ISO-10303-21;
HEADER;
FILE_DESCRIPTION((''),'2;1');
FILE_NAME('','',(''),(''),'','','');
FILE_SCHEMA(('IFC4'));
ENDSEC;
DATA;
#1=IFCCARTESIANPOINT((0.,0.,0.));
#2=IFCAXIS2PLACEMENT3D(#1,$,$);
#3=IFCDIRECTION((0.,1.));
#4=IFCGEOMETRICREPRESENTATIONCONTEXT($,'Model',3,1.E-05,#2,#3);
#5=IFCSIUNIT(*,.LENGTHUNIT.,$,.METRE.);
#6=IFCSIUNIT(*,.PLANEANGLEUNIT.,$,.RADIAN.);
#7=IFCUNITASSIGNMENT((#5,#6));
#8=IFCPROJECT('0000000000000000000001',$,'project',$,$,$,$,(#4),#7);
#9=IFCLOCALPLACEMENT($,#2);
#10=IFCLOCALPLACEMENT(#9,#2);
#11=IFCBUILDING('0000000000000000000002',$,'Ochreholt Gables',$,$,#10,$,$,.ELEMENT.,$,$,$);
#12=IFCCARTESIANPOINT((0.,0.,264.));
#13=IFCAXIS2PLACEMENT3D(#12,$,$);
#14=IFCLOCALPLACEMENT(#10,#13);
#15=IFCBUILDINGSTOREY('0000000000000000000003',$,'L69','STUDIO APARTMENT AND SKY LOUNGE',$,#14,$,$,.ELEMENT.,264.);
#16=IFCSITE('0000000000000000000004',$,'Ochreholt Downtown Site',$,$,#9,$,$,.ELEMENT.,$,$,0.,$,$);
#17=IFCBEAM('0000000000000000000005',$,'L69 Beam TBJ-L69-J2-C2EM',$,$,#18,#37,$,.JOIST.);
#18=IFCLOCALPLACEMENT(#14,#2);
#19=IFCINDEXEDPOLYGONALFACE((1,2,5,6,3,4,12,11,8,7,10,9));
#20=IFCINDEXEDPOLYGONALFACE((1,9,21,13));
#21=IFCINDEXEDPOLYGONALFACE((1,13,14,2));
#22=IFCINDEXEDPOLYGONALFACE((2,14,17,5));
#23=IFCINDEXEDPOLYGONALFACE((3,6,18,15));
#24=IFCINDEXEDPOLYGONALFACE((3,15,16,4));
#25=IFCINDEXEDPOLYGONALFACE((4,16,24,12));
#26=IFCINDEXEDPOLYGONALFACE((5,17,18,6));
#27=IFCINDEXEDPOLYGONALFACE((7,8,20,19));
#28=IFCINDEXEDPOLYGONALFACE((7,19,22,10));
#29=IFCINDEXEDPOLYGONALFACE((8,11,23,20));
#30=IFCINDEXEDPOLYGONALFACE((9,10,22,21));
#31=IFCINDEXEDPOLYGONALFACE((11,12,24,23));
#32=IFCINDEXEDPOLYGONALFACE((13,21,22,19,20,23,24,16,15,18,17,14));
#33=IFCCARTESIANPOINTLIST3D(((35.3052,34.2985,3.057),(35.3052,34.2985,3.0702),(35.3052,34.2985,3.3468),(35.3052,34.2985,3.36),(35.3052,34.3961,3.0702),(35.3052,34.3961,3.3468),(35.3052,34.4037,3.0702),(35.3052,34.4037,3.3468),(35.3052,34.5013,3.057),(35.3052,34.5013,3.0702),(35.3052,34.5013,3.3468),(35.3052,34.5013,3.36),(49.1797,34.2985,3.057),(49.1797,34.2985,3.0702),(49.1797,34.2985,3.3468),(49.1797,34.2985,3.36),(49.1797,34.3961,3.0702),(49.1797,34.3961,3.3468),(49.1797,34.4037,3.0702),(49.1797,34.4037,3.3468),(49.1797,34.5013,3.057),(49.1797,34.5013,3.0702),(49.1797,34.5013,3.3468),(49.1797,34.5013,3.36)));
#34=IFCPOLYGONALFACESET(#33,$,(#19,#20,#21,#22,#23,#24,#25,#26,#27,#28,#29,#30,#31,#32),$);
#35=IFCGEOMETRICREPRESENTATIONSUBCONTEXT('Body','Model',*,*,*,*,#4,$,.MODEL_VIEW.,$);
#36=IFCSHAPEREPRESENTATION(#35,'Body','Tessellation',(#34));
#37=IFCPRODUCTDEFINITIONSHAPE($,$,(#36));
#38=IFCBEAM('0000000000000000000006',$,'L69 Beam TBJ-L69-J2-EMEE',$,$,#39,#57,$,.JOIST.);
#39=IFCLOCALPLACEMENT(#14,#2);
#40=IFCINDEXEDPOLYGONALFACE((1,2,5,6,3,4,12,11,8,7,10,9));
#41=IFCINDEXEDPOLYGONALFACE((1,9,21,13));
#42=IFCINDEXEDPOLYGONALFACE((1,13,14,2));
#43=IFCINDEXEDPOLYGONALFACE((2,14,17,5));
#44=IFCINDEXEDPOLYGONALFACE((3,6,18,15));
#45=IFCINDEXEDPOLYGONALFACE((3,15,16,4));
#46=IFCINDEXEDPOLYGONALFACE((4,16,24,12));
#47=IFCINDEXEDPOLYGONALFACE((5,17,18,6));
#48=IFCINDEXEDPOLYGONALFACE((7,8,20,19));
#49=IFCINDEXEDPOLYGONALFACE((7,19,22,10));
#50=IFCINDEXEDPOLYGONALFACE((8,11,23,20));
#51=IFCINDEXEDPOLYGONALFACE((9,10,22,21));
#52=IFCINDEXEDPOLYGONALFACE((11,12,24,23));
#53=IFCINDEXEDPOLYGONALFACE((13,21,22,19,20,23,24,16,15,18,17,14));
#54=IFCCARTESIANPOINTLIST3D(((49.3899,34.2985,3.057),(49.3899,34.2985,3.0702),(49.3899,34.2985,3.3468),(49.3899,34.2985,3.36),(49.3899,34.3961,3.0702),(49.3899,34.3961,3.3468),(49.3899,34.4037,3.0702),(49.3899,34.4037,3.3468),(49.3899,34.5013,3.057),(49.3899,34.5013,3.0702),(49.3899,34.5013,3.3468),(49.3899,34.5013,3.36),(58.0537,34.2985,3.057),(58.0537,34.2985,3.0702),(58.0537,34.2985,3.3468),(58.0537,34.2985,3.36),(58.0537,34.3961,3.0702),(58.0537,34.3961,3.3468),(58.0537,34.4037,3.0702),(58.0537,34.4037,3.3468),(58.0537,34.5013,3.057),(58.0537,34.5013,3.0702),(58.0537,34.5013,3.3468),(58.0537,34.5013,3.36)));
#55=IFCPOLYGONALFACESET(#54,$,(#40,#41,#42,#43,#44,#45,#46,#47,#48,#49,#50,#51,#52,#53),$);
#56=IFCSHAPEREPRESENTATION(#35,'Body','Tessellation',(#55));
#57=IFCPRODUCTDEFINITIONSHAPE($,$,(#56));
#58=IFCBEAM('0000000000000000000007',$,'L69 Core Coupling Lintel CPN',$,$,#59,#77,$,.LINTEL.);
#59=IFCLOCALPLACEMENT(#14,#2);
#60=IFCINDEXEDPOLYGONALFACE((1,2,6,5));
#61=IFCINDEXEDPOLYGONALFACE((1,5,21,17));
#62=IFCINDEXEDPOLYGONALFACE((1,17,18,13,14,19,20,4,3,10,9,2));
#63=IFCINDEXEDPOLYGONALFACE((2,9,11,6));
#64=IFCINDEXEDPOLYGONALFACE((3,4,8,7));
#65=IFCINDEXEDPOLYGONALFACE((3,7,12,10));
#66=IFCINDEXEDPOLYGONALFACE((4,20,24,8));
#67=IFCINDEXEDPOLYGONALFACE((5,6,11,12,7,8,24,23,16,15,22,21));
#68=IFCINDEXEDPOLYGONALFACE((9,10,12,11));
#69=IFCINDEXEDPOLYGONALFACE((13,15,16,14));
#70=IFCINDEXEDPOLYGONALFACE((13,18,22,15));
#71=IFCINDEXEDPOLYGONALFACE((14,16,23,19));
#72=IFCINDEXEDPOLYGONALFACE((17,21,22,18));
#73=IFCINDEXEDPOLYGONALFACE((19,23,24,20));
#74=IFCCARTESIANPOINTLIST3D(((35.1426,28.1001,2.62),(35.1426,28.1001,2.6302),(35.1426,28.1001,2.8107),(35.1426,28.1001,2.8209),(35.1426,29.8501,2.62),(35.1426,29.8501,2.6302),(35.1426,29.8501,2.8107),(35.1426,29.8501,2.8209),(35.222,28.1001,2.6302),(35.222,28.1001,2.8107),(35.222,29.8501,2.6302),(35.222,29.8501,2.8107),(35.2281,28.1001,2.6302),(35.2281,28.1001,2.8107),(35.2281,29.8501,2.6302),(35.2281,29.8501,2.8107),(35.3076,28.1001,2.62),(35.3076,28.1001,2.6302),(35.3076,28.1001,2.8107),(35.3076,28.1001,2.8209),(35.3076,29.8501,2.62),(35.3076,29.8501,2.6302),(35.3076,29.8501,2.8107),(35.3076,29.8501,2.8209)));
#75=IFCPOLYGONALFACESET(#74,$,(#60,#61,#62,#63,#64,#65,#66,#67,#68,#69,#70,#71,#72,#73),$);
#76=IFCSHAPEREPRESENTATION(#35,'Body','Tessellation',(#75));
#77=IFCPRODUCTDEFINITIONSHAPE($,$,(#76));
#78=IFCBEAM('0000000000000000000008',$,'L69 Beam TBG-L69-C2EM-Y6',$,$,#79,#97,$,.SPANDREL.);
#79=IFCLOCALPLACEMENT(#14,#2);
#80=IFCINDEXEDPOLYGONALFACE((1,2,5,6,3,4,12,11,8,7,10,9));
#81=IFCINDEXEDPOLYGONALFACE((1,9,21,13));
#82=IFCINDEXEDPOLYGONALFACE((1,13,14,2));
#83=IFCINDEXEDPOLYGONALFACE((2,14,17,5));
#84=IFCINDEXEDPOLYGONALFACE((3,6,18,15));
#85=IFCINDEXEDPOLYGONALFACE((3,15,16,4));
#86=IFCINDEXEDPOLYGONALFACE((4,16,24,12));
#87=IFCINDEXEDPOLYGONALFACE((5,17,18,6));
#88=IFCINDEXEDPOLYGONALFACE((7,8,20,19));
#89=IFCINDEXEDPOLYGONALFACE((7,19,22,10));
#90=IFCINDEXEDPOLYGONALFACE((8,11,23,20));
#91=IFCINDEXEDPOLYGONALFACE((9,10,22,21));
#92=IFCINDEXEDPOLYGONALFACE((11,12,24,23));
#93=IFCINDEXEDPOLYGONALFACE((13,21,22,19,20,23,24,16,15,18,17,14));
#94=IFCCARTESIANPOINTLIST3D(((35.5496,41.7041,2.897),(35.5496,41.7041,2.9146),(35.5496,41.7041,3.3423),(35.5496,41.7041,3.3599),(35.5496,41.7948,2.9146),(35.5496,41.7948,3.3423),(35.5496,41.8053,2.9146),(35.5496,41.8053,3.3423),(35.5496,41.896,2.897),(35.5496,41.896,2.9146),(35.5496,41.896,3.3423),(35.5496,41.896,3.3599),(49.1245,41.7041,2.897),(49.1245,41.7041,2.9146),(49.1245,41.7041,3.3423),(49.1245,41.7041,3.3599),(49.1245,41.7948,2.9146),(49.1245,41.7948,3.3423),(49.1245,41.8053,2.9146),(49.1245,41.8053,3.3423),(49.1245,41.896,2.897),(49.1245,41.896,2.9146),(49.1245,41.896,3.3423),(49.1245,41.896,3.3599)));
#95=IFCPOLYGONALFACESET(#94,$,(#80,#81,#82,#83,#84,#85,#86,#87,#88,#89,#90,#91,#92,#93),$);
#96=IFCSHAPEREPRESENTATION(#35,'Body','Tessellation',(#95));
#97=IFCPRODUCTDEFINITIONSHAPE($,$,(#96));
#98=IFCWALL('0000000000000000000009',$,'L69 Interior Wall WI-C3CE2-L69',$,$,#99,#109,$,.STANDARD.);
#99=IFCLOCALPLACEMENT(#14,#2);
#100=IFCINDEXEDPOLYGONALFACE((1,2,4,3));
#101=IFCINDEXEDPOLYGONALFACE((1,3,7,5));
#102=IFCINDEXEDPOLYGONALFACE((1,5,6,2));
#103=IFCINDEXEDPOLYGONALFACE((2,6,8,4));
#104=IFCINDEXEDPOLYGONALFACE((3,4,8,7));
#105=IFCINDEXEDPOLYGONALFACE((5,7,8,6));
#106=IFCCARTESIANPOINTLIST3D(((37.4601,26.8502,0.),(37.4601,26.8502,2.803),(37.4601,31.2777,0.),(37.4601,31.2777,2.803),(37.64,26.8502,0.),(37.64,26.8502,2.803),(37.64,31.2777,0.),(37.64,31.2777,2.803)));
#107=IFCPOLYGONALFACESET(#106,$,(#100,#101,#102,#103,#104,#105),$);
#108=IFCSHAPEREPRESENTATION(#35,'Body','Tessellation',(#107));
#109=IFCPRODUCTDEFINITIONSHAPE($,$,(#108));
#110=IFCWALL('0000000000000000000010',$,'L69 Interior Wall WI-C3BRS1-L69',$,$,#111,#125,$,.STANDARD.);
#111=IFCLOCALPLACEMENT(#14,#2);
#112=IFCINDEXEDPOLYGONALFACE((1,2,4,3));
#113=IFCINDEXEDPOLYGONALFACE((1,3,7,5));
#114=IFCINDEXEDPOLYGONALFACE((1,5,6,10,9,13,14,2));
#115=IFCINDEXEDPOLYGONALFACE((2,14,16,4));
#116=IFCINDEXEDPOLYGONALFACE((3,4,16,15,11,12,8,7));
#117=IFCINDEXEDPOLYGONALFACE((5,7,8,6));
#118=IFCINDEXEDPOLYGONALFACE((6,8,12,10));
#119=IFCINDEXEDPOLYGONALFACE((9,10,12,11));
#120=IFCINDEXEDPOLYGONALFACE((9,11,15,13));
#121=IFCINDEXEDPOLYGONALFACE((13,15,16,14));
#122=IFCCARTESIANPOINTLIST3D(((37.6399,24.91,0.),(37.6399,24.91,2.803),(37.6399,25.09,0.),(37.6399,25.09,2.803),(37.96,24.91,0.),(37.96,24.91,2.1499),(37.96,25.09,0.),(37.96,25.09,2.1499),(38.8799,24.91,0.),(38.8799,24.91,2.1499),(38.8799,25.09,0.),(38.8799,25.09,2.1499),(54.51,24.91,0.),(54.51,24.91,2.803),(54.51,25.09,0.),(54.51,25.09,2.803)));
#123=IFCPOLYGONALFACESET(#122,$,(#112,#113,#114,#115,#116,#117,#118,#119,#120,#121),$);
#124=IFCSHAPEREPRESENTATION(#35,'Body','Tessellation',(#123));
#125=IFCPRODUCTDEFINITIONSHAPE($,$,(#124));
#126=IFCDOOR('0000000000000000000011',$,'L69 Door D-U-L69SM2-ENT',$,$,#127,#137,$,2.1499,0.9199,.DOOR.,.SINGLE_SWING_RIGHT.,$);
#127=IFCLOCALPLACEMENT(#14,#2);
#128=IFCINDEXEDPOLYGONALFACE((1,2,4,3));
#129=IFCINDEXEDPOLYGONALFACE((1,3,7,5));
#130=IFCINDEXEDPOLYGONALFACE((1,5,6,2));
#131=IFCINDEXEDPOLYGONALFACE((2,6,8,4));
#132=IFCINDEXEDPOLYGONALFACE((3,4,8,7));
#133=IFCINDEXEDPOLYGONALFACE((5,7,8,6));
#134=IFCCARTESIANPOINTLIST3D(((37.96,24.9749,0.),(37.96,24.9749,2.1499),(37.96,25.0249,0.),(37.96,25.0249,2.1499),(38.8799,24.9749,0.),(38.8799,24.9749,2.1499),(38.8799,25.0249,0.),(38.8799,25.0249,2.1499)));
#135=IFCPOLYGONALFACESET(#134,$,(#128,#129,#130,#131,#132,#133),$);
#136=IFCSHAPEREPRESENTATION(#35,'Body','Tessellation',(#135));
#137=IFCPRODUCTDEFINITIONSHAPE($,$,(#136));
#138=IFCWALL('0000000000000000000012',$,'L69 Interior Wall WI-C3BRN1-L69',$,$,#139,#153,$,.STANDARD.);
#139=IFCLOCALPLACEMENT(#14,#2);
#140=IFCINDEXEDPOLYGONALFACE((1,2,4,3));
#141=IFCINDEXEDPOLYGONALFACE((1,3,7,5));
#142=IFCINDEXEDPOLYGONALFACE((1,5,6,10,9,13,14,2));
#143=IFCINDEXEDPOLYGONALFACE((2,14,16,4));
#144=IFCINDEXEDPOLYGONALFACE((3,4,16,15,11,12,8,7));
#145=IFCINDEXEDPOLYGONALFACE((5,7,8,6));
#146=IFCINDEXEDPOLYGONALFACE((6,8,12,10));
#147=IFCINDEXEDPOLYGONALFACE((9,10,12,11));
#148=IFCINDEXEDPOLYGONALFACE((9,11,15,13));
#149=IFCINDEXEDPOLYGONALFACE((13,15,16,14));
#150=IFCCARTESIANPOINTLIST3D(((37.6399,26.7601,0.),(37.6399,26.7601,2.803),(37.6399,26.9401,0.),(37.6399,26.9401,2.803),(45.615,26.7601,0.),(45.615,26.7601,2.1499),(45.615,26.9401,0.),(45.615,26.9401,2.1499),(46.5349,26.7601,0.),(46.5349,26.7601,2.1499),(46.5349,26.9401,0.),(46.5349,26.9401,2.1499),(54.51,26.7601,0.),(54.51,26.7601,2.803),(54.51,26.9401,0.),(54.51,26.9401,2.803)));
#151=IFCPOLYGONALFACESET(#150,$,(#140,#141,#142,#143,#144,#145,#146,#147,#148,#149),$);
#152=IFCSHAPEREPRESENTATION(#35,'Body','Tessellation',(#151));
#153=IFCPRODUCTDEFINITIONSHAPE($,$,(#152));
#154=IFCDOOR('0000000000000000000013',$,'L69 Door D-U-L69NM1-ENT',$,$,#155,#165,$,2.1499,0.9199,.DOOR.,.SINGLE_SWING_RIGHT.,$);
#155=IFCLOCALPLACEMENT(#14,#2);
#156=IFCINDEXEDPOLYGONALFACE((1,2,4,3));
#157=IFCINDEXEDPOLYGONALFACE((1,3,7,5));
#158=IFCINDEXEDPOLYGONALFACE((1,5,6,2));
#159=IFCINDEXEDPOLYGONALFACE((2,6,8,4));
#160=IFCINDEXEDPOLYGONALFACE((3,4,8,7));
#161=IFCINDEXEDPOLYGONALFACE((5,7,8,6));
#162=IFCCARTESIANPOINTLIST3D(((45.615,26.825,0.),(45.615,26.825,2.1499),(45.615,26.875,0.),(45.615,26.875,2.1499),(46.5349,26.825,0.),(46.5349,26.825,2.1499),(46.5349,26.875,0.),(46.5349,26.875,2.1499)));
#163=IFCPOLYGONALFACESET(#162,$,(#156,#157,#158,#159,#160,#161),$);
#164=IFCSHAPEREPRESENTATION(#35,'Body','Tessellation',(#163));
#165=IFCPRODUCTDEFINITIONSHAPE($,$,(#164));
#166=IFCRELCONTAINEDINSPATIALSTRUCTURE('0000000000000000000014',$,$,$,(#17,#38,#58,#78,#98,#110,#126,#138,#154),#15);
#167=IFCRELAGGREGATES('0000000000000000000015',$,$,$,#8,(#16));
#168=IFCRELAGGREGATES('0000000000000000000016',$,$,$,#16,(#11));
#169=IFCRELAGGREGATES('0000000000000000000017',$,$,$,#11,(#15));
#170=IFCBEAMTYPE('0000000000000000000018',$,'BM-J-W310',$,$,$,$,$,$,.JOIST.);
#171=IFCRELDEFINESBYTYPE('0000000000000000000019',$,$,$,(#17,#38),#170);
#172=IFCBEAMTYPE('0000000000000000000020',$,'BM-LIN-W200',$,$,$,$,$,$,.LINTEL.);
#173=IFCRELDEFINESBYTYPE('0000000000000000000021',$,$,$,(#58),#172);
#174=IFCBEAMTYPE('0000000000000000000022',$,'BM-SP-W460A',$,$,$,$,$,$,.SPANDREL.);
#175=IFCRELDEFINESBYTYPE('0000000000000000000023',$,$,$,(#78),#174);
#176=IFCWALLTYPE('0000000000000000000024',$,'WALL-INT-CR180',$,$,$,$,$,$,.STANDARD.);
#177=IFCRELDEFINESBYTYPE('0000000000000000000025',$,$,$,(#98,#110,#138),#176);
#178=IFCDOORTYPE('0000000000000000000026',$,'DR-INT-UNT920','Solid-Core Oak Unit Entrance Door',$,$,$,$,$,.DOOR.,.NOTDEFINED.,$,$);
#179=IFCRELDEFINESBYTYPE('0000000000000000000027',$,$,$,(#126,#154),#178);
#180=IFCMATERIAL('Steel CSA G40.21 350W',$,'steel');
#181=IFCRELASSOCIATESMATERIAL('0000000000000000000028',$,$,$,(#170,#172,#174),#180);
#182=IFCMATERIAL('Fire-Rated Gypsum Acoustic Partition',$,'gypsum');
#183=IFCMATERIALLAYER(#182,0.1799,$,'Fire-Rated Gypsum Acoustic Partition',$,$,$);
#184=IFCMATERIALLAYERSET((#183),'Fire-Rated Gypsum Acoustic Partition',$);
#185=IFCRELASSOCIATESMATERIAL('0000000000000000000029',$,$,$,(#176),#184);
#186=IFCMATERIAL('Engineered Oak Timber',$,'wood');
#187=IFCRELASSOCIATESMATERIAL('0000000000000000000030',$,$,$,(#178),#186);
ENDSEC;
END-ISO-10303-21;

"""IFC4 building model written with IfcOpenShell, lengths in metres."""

from ifc_helpers import new_model, si_unit, direction, frame, frame_2d, origin, origin_2d, place, context, subcontext, project, spatial, rectangle, i_section, extrude, material, layer, layer_set, material_profile, profile_set, type_object, element, fill, save


model = new_model("IFC4")

# Units and contexts
model_context = context("Model", 3, precision=1e-05, world=origin(), true_north=direction((0.0, 1.0)))
body_context = subcontext(model_context, "Body", "Model", "MODEL_VIEW")
ifc_project = project(units=[si_unit("LENGTHUNIT", "METRE"), si_unit("PLANEANGLEUNIT", "RADIAN")], contexts=[model_context])

# Site, building, storey
site_placement = place(None, origin())
site = spatial("IfcSite", under=ifc_project, at=site_placement, Name="Ochreholt Downtown Site", CompositionType="ELEMENT", RefElevation=0.0)
building_placement = place(site_placement, origin())
building = spatial("IfcBuilding", under=site, at=building_placement, Name="Ochreholt Gables", CompositionType="ELEMENT")
storey_placement = place(building_placement, frame((0.0, 0.0, 264.0)))
storey = spatial("IfcBuildingStorey", under=building, at=storey_placement, Name="L69", Description="STUDIO APARTMENT AND SKY LOUNGE", CompositionType="ELEMENT", Elevation=264.0)

# Shared definitions
ifc_material_1 = material(Name="Steel CSA G40.21 350W", Category="steel")

# Beams
ifc_material_profile_1 = material_profile(ifc_material_1, i_section(OverallWidth=0.2029, OverallDepth=0.303, WebThickness=0.0076, FlangeThickness=0.0132, at=origin_2d()), Name="W310X60")
ifc_profile_set_1 = profile_set([ifc_material_profile_1], Name="Steel CSA G40.21 350W")
beam_type_1 = type_object("IfcBeamType", Name="BM-J-W310", PredefinedType="JOIST", material=ifc_profile_set_1)
beam_1_placement = place(storey_placement, frame((35.3052, 34.3999, 3.2085), z_axis=(1.0, 0.0, 0.0), x_axis=(0.0, 1.0, 0.0)))
element("IfcBeam", 1, at=beam_1_placement, inside=storey, type_object=beam_type_1, Name="L69 Beam TBJ-L69-J2-C2EM", PredefinedType="JOIST", context=body_context, shape_type="SweptSolid", body=[
    extrude(i_section(OverallWidth=0.2029, OverallDepth=0.303, WebThickness=0.0076, FlangeThickness=0.0132, at=origin_2d()), origin(), (0.0, 0.0, 1.0), 13.8745),
])
beam_2_placement = place(storey_placement, frame((49.3899, 34.3999, 3.2085), z_axis=(1.0, 0.0, 0.0), x_axis=(0.0, 1.0, 0.0)))
element("IfcBeam", 2, at=beam_2_placement, inside=storey, type_object=beam_type_1, Name="L69 Beam TBJ-L69-J2-EMEE", PredefinedType="JOIST", context=body_context, shape_type="SweptSolid", body=[
    extrude(i_section(OverallWidth=0.2029, OverallDepth=0.303, WebThickness=0.0076, FlangeThickness=0.0132, at=origin_2d()), origin(), (0.0, 0.0, 1.0), 8.6638),
])
ifc_material_profile_2 = material_profile(ifc_material_1, i_section(OverallWidth=0.165, OverallDepth=0.2009, WebThickness=0.0061, FlangeThickness=0.0103, at=origin_2d()), Name="W200X36")
ifc_profile_set_2 = profile_set([ifc_material_profile_2], Name="Steel CSA G40.21 350W")
beam_type_2 = type_object("IfcBeamType", Name="BM-LIN-W200", PredefinedType="LINTEL", material=ifc_profile_set_2)
beam_3_placement = place(storey_placement, frame((35.2251, 28.1001, 2.7205), z_axis=(0.0, 1.0, 0.0), x_axis=(-1.0, 0.0, 0.0)))
element("IfcBeam", 3, at=beam_3_placement, inside=storey, type_object=beam_type_2, Name="L69 Core Coupling Lintel CPN", PredefinedType="LINTEL", context=body_context, shape_type="SweptSolid", body=[
    extrude(i_section(OverallWidth=0.165, OverallDepth=0.2009, WebThickness=0.0061, FlangeThickness=0.0103, at=origin_2d()), origin(), (0.0, 0.0, 1.0), 1.75),
])
ifc_material_profile_3 = material_profile(ifc_material_1, i_section(OverallWidth=0.1919, OverallDepth=0.4629, WebThickness=0.0105, FlangeThickness=0.0176, at=origin_2d()), Name="W460X89")
ifc_profile_set_3 = profile_set([ifc_material_profile_3], Name="Steel CSA G40.21 350W")
beam_type_3 = type_object("IfcBeamType", Name="BM-SP-W460A", PredefinedType="SPANDREL", material=ifc_profile_set_3)
beam_4_placement = place(storey_placement, frame((35.5496, 41.8, 3.1284), z_axis=(1.0, 0.0, 0.0), x_axis=(0.0, 1.0, 0.0)))
element("IfcBeam", 4, at=beam_4_placement, inside=storey, type_object=beam_type_3, Name="L69 Beam TBG-L69-C2EM-Y6", PredefinedType="SPANDREL", context=body_context, shape_type="SweptSolid", body=[
    extrude(i_section(OverallWidth=0.1919, OverallDepth=0.4629, WebThickness=0.0105, FlangeThickness=0.0176, at=origin_2d()), origin(), (0.0, 0.0, 1.0), 13.575),
])

# Wall
ifc_material_2 = material(Name="Fire-Rated Gypsum Acoustic Partition", Category="gypsum")
ifc_layer_1 = layer(ifc_material_2, 0.1799, Name="Fire-Rated Gypsum Acoustic Partition")
ifc_layer_set_1 = layer_set([ifc_layer_1], Name="Fire-Rated Gypsum Acoustic Partition")
wall_type_1 = type_object("IfcWallType", Name="WALL-INT-CR180", PredefinedType="STANDARD", material=ifc_layer_set_1)
wall_1_placement = place(storey_placement, frame((37.55, 26.8501, 0.0), z_axis=(0.0, 0.0, 1.0), x_axis=(0.0, 1.0, 0.0)))
element("IfcWall", 5, at=wall_1_placement, inside=storey, type_object=wall_type_1, Name="L69 Interior Wall WI-C3CE2-L69", PredefinedType="STANDARD", context=body_context, shape_type="SweptSolid", body=[
    extrude(rectangle(XDim=4.4275, YDim=0.1799, at=frame_2d((2.2139, 0.0))), origin(), (0.0, 0.0, 1.0), 2.803),
])

# Walls, openings, doors
wall_2_placement = place(storey_placement, frame((37.6399, 25.0, 0.0), z_axis=(0.0, 0.0, 1.0), x_axis=(1.0, 0.0, 0.0)))
wall_2 = element("IfcWall", 6, at=wall_2_placement, inside=storey, type_object=wall_type_1, Name="L69 Interior Wall WI-C3BRS1-L69", PredefinedType="STANDARD", context=body_context, shape_type="SweptSolid", body=[
    extrude(rectangle(XDim=16.8701, YDim=0.1799, at=frame_2d((8.4351, 0.0))), origin(), (0.0, 0.0, 1.0), 2.803),
])
opening_1_placement = place(wall_2_placement, frame((0.3201, 0.0, 0.0)))
opening_1 = element("IfcOpeningElement", 7, at=opening_1_placement, cuts=wall_2, PredefinedType="OPENING", context=body_context, shape_type="SweptSolid", body=[
    extrude(rectangle(XDim=0.9199, YDim=2.1499, at=frame_2d((0.46, 1.075))), frame((0.0, 0.0999, 0.0), z_axis=(0.0, -1.0, 0.0), x_axis=(1.0, 0.0, 0.0)), (0.0, 0.0, 1.0), 0.2),
])
ifc_material_3 = material(Name="Engineered Oak Timber", Category="wood")
door_type_1 = type_object("IfcDoorType", Name="DR-INT-UNT920", Description="Solid-Core Oak Unit Entrance Door", OperationType="NOTDEFINED", PredefinedType="DOOR", material=ifc_material_3)
door_1_placement = place(opening_1_placement, origin())
door_1 = element("IfcDoor", 8, at=door_1_placement, inside=storey, type_object=door_type_1, Name="L69 Door D-U-L69SM2-ENT", OperationType="SINGLE_SWING_RIGHT", OverallHeight=2.1499, OverallWidth=0.9199, PredefinedType="DOOR", context=body_context, shape_type="SweptSolid", body=[
    extrude(rectangle(XDim=0.9199, YDim=2.1499, at=frame_2d((0.46, 1.075))), frame((0.0, 0.0249, 0.0), z_axis=(0.0, -1.0, 0.0), x_axis=(1.0, 0.0, 0.0)), (0.0, 0.0, 1.0), 0.05),
])
fill(opening_1, door_1)
wall_3_placement = place(storey_placement, frame((37.6399, 26.8501, 0.0), z_axis=(0.0, 0.0, 1.0), x_axis=(1.0, 0.0, 0.0)))
wall_3 = element("IfcWall", 9, at=wall_3_placement, inside=storey, type_object=wall_type_1, Name="L69 Interior Wall WI-C3BRN1-L69", PredefinedType="STANDARD", context=body_context, shape_type="SweptSolid", body=[
    extrude(rectangle(XDim=16.8701, YDim=0.1799, at=frame_2d((8.4351, 0.0))), origin(), (0.0, 0.0, 1.0), 2.803),
])
opening_2_placement = place(wall_3_placement, frame((7.9751, 0.0, 0.0)))
opening_2 = element("IfcOpeningElement", 10, at=opening_2_placement, cuts=wall_3, PredefinedType="OPENING", context=body_context, shape_type="SweptSolid", body=[
    extrude(rectangle(XDim=0.9199, YDim=2.1499, at=frame_2d((0.46, 1.075))), frame((0.0, 0.0999, 0.0), z_axis=(0.0, -1.0, 0.0), x_axis=(1.0, 0.0, 0.0)), (0.0, 0.0, 1.0), 0.2),
])
door_2_placement = place(opening_2_placement, origin())
door_2 = element("IfcDoor", 11, at=door_2_placement, inside=storey, type_object=door_type_1, Name="L69 Door D-U-L69NM1-ENT", OperationType="SINGLE_SWING_RIGHT", OverallHeight=2.1499, OverallWidth=0.9199, PredefinedType="DOOR", context=body_context, shape_type="SweptSolid", body=[
    extrude(rectangle(XDim=0.9199, YDim=2.1499, at=frame_2d((0.46, 1.075))), frame((0.0, 0.0249, 0.0), z_axis=(0.0, -1.0, 0.0), x_axis=(1.0, 0.0, 0.0)), (0.0, 0.0, 1.0), 0.05),
])
fill(opening_2, door_2)

save(model, "model.ifc")
